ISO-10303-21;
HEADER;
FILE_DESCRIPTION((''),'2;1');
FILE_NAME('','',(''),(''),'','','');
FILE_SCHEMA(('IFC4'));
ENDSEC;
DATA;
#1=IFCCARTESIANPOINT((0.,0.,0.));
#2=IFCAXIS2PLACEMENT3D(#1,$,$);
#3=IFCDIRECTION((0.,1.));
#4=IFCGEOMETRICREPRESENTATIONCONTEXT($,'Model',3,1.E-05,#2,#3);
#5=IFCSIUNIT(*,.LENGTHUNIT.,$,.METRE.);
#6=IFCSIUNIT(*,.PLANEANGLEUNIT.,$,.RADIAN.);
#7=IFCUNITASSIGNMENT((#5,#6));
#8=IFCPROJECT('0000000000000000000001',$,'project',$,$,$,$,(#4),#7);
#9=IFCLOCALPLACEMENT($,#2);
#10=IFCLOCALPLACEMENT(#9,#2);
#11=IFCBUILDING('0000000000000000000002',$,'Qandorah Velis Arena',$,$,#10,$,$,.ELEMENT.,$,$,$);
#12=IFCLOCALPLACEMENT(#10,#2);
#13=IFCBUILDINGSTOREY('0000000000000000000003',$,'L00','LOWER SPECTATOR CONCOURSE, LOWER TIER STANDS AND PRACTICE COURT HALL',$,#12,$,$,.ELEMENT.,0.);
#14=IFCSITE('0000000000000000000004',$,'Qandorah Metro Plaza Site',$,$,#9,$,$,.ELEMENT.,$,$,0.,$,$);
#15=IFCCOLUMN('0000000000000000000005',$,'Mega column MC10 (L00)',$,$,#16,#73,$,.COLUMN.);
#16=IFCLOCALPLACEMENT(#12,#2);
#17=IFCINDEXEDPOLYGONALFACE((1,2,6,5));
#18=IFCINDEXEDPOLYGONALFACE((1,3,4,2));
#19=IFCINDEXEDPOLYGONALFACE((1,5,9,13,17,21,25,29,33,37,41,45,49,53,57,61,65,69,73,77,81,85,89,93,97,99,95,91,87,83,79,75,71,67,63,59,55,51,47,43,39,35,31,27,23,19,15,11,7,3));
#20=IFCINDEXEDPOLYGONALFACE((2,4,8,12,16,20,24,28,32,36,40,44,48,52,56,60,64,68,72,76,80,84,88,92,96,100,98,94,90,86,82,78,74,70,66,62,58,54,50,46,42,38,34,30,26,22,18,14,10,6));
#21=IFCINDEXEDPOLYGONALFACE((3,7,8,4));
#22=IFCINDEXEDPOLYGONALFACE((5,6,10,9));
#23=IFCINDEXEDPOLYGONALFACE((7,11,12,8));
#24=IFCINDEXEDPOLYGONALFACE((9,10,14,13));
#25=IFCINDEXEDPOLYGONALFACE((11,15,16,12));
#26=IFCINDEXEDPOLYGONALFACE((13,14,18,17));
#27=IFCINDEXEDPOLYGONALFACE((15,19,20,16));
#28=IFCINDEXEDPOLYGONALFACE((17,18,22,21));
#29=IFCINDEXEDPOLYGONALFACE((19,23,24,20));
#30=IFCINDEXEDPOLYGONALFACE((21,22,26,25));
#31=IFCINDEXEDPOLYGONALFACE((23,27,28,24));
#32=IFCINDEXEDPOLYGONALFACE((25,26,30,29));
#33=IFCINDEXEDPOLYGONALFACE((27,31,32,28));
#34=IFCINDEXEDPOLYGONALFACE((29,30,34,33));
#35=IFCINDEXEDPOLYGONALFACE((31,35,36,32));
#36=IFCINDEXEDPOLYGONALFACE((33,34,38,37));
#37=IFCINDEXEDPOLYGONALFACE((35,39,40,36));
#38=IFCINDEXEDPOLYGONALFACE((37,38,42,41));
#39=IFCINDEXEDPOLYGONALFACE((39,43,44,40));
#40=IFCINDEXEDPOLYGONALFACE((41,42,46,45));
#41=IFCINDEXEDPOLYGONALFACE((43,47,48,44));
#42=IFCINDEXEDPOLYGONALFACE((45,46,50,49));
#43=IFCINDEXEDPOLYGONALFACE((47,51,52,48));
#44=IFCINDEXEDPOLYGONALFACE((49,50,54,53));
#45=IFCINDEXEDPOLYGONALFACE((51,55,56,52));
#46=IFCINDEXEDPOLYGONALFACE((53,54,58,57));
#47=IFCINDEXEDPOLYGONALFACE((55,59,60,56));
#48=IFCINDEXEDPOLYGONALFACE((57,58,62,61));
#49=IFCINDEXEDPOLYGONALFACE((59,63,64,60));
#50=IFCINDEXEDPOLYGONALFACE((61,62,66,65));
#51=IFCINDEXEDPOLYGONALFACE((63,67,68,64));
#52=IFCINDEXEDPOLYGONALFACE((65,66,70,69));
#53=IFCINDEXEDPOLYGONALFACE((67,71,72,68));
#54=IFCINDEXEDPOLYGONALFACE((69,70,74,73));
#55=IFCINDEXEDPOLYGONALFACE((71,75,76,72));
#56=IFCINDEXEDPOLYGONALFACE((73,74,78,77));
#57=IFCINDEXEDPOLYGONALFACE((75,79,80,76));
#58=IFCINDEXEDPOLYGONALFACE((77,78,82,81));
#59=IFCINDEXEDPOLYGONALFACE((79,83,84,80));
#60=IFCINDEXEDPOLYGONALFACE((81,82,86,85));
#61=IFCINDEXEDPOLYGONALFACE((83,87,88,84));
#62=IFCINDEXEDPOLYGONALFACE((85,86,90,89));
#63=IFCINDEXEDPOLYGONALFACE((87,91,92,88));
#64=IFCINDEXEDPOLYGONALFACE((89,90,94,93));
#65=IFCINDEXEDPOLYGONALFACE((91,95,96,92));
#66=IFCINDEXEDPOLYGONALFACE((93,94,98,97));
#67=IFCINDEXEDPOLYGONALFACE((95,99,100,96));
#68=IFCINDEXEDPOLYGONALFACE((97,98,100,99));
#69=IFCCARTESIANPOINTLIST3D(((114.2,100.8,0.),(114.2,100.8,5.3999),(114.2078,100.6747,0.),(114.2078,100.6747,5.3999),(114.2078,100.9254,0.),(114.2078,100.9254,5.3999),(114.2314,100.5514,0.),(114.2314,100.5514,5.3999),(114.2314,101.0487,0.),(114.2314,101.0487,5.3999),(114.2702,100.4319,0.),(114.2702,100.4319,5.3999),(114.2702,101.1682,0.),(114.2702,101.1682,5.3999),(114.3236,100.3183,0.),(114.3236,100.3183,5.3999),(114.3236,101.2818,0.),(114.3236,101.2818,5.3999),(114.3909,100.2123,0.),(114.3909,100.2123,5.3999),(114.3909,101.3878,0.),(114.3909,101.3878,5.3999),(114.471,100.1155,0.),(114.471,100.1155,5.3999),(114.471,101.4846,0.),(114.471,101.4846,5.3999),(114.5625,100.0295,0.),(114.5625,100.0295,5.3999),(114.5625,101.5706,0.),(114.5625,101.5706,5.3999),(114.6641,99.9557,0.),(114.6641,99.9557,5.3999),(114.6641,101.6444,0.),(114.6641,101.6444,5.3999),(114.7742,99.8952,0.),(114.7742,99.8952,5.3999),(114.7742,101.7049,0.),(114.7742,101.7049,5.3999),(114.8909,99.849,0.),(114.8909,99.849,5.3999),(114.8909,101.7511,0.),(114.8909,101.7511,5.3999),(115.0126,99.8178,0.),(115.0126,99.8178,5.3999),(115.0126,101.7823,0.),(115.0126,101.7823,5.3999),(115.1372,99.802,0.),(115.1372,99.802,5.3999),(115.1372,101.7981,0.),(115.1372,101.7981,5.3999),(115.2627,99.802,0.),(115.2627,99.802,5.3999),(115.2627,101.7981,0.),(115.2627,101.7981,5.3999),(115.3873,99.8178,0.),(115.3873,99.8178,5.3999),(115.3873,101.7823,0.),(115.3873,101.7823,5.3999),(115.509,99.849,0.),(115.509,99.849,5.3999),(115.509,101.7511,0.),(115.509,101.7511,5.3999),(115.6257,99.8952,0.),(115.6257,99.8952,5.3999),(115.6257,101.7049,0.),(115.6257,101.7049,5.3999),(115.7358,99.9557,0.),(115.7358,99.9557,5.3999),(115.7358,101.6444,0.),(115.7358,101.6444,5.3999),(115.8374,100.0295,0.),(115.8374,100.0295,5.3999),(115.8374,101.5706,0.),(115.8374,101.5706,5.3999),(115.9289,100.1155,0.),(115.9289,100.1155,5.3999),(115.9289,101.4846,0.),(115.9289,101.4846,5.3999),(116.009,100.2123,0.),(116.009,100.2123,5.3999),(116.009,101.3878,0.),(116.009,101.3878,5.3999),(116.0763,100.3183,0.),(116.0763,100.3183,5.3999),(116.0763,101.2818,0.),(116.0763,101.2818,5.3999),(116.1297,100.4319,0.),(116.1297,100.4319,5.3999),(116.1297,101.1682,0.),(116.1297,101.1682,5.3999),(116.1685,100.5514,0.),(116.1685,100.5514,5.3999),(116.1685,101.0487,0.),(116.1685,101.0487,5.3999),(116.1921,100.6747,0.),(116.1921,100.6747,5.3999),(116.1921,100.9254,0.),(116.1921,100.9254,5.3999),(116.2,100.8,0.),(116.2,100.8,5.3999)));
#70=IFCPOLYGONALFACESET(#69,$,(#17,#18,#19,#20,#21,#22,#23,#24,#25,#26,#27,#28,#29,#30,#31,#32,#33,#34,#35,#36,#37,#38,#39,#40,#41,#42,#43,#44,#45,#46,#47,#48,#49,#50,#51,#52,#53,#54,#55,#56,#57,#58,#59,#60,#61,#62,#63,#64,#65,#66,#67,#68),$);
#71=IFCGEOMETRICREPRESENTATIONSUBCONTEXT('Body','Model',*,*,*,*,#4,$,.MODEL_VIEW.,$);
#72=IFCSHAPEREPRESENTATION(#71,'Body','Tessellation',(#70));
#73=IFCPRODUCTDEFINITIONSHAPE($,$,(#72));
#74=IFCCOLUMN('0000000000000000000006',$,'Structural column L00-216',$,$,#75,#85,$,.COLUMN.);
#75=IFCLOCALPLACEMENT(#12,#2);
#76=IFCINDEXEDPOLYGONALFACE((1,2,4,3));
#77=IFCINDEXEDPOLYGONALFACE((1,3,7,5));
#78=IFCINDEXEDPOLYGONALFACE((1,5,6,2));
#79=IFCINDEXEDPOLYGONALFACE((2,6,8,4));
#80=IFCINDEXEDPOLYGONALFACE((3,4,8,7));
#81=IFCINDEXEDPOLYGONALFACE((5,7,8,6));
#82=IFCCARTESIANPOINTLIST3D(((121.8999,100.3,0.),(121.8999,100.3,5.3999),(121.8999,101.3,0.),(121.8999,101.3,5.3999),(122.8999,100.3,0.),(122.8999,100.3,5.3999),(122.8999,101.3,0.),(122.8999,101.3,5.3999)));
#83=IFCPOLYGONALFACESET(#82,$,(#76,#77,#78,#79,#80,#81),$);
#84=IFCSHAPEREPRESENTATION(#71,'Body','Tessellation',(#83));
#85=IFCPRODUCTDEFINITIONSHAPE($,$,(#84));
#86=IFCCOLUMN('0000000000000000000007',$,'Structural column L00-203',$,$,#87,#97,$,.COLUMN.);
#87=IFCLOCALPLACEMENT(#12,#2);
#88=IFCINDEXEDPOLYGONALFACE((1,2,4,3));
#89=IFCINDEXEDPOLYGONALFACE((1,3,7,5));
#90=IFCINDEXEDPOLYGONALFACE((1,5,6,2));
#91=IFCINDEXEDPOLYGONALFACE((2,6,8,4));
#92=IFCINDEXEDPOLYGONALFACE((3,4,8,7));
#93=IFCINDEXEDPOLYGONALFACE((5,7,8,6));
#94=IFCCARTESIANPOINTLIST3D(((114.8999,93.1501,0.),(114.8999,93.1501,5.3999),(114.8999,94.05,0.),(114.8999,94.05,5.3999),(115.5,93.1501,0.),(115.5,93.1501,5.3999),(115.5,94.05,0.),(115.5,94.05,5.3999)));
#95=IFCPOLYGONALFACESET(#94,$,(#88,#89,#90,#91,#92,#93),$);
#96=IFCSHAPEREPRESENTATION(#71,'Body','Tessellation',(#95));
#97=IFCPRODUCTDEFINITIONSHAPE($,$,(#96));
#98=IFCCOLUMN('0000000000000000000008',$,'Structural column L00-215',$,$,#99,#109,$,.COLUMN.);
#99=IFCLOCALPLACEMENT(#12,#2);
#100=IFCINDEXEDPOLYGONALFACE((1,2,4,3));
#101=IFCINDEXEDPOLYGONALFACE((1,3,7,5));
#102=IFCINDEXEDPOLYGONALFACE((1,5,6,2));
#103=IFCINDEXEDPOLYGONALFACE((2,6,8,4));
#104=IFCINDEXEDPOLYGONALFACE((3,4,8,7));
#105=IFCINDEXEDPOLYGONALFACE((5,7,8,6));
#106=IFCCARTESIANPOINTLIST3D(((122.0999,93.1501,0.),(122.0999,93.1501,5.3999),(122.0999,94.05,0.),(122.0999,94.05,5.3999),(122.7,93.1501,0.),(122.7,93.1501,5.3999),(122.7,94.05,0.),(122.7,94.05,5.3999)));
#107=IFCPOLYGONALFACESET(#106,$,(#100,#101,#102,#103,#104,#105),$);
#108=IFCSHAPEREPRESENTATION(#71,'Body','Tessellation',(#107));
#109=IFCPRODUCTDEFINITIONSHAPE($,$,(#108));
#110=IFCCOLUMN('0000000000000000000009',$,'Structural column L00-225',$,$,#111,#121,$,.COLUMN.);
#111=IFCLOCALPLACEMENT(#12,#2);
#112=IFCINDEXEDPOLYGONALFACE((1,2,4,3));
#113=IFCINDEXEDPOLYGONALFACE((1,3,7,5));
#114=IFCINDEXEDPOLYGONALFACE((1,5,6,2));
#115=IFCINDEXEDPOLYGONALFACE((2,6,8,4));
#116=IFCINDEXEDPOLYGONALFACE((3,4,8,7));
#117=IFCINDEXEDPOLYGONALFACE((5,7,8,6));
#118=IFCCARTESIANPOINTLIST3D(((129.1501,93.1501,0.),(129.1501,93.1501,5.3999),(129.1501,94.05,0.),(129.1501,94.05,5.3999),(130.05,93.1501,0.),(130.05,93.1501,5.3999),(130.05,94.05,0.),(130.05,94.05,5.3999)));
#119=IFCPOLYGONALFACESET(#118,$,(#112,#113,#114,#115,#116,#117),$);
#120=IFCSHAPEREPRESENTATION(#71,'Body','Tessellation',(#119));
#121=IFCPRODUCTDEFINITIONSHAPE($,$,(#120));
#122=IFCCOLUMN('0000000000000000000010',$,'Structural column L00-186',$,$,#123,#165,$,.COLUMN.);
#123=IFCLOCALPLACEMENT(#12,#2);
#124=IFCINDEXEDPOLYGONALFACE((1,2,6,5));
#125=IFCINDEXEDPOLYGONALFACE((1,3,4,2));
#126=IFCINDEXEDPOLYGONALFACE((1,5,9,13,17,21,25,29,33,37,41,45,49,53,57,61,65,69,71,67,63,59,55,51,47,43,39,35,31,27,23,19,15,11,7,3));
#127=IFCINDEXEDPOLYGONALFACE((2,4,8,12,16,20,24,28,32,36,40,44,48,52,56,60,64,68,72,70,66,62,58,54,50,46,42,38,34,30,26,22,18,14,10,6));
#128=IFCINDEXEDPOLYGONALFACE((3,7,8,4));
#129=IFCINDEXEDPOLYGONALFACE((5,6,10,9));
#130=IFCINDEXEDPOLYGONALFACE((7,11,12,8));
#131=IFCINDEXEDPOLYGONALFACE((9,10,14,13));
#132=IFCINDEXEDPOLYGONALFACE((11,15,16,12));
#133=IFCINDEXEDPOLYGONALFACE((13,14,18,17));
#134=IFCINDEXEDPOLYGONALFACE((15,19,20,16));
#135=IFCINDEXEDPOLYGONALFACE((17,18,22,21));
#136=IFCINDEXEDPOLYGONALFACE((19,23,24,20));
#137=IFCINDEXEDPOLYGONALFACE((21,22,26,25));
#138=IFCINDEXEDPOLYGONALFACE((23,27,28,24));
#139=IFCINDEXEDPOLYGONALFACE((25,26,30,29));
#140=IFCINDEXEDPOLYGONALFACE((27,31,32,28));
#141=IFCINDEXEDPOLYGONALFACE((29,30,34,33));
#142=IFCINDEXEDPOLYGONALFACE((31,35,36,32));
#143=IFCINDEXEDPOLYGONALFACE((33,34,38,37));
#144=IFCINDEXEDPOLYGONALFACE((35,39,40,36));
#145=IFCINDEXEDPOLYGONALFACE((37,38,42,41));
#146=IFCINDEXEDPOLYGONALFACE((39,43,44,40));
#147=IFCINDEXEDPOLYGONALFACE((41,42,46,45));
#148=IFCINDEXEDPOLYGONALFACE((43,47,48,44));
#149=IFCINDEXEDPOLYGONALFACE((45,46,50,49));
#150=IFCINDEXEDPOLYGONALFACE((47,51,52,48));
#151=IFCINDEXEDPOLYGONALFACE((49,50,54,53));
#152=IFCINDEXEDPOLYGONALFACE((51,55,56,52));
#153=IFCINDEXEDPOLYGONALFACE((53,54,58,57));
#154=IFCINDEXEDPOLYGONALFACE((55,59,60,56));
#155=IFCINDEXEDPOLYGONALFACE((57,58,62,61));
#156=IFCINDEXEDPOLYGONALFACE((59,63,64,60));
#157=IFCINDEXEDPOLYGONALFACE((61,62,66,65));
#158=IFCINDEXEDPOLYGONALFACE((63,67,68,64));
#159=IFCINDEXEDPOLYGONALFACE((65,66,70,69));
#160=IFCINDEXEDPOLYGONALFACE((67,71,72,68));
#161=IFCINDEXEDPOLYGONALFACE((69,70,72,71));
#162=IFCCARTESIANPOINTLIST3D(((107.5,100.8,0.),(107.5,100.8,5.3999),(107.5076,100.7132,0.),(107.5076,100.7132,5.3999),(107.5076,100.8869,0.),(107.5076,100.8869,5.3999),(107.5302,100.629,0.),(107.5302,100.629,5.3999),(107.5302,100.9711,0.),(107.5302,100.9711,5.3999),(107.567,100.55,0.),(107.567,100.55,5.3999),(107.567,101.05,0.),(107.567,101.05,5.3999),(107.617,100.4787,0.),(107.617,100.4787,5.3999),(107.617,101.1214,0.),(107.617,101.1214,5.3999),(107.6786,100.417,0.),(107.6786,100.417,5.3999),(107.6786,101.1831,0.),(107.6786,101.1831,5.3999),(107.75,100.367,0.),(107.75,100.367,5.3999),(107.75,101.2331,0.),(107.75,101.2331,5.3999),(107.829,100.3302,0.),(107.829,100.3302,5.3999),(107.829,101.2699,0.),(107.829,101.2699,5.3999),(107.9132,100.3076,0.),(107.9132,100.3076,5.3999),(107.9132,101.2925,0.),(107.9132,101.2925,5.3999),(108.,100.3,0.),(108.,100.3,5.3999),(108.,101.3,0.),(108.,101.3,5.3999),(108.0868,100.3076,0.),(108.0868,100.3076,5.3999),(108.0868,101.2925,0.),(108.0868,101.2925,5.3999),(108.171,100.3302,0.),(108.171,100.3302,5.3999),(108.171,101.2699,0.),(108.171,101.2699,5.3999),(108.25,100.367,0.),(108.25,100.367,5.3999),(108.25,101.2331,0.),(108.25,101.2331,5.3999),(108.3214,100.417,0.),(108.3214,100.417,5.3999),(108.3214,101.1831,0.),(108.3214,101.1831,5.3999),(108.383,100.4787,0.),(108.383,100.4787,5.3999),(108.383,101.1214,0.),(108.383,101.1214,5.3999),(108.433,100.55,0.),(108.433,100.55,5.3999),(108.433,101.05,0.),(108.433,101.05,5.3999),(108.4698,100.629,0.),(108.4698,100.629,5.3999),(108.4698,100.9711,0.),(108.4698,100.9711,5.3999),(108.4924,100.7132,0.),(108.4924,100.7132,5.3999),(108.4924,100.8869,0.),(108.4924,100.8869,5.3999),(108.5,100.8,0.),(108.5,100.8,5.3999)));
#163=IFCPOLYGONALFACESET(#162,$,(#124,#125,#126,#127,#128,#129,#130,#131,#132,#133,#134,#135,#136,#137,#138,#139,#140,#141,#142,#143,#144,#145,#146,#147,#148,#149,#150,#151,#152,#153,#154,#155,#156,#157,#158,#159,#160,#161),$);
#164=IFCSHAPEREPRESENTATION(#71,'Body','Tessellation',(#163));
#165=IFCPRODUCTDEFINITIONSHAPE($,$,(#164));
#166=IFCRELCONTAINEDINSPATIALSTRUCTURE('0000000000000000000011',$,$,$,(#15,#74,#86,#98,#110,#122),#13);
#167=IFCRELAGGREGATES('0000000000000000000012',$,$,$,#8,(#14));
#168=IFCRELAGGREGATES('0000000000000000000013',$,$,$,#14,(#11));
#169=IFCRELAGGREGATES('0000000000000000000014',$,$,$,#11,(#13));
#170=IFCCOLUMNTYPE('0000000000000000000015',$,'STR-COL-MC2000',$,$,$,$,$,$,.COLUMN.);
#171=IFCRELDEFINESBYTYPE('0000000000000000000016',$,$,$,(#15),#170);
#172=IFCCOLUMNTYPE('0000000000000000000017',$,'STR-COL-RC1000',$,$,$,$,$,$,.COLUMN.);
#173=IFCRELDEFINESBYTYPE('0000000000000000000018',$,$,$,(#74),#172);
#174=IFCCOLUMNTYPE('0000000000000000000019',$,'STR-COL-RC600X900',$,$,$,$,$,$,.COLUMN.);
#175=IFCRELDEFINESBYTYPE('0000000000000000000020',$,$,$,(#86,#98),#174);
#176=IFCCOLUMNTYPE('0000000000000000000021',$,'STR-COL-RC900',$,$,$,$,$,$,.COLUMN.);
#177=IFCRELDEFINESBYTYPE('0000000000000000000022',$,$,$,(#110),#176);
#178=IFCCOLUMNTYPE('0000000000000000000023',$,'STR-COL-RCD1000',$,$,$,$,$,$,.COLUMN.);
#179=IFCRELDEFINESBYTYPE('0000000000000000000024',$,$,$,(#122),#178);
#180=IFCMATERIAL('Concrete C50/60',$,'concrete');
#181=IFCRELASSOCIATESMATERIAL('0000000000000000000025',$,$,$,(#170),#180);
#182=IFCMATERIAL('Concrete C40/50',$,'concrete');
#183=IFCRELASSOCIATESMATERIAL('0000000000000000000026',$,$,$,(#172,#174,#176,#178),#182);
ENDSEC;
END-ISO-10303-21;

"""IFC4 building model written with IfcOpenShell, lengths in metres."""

from ifc_helpers import new_model, si_unit, direction, frame, origin, origin_2d, place, context, subcontext, project, spatial, rectangle, circle, extrude, material, material_profile, profile_set, type_object, element, save


model = new_model("IFC4")

# Units and contexts
model_context = context("Model", 3, precision=1e-05, world=origin(), true_north=direction((0.0, 1.0)))
body_context = subcontext(model_context, "Body", "Model", "MODEL_VIEW")
ifc_project = project(units=[si_unit("LENGTHUNIT", "METRE"), si_unit("PLANEANGLEUNIT", "RADIAN")], contexts=[model_context])

# Site, building, storey
site_placement = place(None, origin())
site = spatial("IfcSite", under=ifc_project, at=site_placement, Name="Qandorah Metro Plaza Site", CompositionType="ELEMENT", RefElevation=0.0)
building_placement = place(site_placement, origin())
building = spatial("IfcBuilding", under=site, at=building_placement, Name="Qandorah Velis Arena", CompositionType="ELEMENT")
storey_placement = place(building_placement, origin())
storey = spatial("IfcBuildingStorey", under=building, at=storey_placement, Name="L00", Description="LOWER SPECTATOR CONCOURSE, LOWER TIER STANDS AND PRACTICE COURT HALL", CompositionType="ELEMENT", Elevation=0.0)

# Columns
ifc_material_1 = material(Name="Concrete C50/60", Category="concrete")
ifc_material_profile_1 = material_profile(ifc_material_1, circle(Radius=1.0, at=origin_2d()), Name="MC D2000")
ifc_profile_set_1 = profile_set([ifc_material_profile_1], Name="Concrete C50/60")
column_type_1 = type_object("IfcColumnType", Name="STR-COL-MC2000", PredefinedType="COLUMN", material=ifc_profile_set_1)
column_1_placement = place(storey_placement, frame((115.2, 100.8, 0.0), z_axis=(0.0, 0.0, 1.0), x_axis=(1.0, 0.0, 0.0)))
element("IfcColumn", 1, at=column_1_placement, inside=storey, type_object=column_type_1, Name="Mega column MC10 (L00)", PredefinedType="COLUMN", context=body_context, shape_type="SweptSolid", body=[
    extrude(circle(Radius=1.0, at=origin_2d()), origin(), (0.0, 0.0, 1.0), 5.3999),
])
ifc_material_2 = material(Name="Concrete C40/50", Category="concrete")
ifc_material_profile_2 = material_profile(ifc_material_2, rectangle(XDim=1.0, YDim=1.0, at=origin_2d()), Name="RC COL 1000x1000")
ifc_profile_set_2 = profile_set([ifc_material_profile_2], Name="Concrete C40/50")
column_type_2 = type_object("IfcColumnType", Name="STR-COL-RC1000", PredefinedType="COLUMN", material=ifc_profile_set_2)
column_2_placement = place(storey_placement, frame((122.3999, 100.8, 0.0), z_axis=(0.0, 0.0, 1.0), x_axis=(1.0, 0.0, 0.0)))
element("IfcColumn", 2, at=column_2_placement, inside=storey, type_object=column_type_2, Name="Structural column L00-216", PredefinedType="COLUMN", context=body_context, shape_type="SweptSolid", body=[
    extrude(rectangle(XDim=1.0, YDim=1.0, at=origin_2d()), origin(), (0.0, 0.0, 1.0), 5.3999),
])
ifc_material_profile_3 = material_profile(ifc_material_2, rectangle(XDim=0.6001, YDim=0.8999, at=origin_2d()), Name="RC COL 600x900")
ifc_profile_set_3 = profile_set([ifc_material_profile_3], Name="Concrete C40/50")
column_type_3 = type_object("IfcColumnType", Name="STR-COL-RC600X900", PredefinedType="COLUMN", material=ifc_profile_set_3)
for number, where, z_axis, x_axis, name in (
    (3, (115.2, 93.6001, 0.0), (0.0, 0.0, 1.0), (1.0, 0.0, 0.0), "Structural column L00-203"),
    (4, (122.3999, 93.6001, 0.0), (0.0, 0.0, 1.0), (1.0, 0.0, 0.0), "Structural column L00-215"),
):
    element("IfcColumn", number, at=place(storey_placement, frame(where, z_axis=z_axis, x_axis=x_axis)), inside=storey, type_object=column_type_3, Name=name, PredefinedType="COLUMN", context=body_context, shape_type="SweptSolid", body=[
        extrude(rectangle(XDim=0.6001, YDim=0.8999, at=origin_2d()), origin(), (0.0, 0.0, 1.0), 5.3999),
    ])
ifc_material_profile_4 = material_profile(ifc_material_2, rectangle(XDim=0.8999, YDim=0.8999, at=origin_2d()), Name="RC COL 900x900")
ifc_profile_set_4 = profile_set([ifc_material_profile_4], Name="Concrete C40/50")
column_type_4 = type_object("IfcColumnType", Name="STR-COL-RC900", PredefinedType="COLUMN", material=ifc_profile_set_4)
column_3_placement = place(storey_placement, frame((129.6001, 93.6001, 0.0), z_axis=(0.0, 0.0, 1.0), x_axis=(1.0, 0.0, 0.0)))
element("IfcColumn", 5, at=column_3_placement, inside=storey, type_object=column_type_4, Name="Structural column L00-225", PredefinedType="COLUMN", context=body_context, shape_type="SweptSolid", body=[
    extrude(rectangle(XDim=0.8999, YDim=0.8999, at=origin_2d()), origin(), (0.0, 0.0, 1.0), 5.3999),
])
ifc_material_profile_5 = material_profile(ifc_material_2, circle(Radius=0.5, at=origin_2d()), Name="RC D1000")
ifc_profile_set_5 = profile_set([ifc_material_profile_5], Name="Concrete C40/50")
column_type_5 = type_object("IfcColumnType", Name="STR-COL-RCD1000", PredefinedType="COLUMN", material=ifc_profile_set_5)
column_4_placement = place(storey_placement, frame((108.0, 100.8, 0.0), z_axis=(0.0, 0.0, 1.0), x_axis=(1.0, 0.0, 0.0)))
element("IfcColumn", 6, at=column_4_placement, inside=storey, type_object=column_type_5, Name="Structural column L00-186", PredefinedType="COLUMN", context=body_context, shape_type="SweptSolid", body=[
    extrude(circle(Radius=0.5, at=origin_2d()), origin(), (0.0, 0.0, 1.0), 5.3999),
])

save(model, "model.ifc")
